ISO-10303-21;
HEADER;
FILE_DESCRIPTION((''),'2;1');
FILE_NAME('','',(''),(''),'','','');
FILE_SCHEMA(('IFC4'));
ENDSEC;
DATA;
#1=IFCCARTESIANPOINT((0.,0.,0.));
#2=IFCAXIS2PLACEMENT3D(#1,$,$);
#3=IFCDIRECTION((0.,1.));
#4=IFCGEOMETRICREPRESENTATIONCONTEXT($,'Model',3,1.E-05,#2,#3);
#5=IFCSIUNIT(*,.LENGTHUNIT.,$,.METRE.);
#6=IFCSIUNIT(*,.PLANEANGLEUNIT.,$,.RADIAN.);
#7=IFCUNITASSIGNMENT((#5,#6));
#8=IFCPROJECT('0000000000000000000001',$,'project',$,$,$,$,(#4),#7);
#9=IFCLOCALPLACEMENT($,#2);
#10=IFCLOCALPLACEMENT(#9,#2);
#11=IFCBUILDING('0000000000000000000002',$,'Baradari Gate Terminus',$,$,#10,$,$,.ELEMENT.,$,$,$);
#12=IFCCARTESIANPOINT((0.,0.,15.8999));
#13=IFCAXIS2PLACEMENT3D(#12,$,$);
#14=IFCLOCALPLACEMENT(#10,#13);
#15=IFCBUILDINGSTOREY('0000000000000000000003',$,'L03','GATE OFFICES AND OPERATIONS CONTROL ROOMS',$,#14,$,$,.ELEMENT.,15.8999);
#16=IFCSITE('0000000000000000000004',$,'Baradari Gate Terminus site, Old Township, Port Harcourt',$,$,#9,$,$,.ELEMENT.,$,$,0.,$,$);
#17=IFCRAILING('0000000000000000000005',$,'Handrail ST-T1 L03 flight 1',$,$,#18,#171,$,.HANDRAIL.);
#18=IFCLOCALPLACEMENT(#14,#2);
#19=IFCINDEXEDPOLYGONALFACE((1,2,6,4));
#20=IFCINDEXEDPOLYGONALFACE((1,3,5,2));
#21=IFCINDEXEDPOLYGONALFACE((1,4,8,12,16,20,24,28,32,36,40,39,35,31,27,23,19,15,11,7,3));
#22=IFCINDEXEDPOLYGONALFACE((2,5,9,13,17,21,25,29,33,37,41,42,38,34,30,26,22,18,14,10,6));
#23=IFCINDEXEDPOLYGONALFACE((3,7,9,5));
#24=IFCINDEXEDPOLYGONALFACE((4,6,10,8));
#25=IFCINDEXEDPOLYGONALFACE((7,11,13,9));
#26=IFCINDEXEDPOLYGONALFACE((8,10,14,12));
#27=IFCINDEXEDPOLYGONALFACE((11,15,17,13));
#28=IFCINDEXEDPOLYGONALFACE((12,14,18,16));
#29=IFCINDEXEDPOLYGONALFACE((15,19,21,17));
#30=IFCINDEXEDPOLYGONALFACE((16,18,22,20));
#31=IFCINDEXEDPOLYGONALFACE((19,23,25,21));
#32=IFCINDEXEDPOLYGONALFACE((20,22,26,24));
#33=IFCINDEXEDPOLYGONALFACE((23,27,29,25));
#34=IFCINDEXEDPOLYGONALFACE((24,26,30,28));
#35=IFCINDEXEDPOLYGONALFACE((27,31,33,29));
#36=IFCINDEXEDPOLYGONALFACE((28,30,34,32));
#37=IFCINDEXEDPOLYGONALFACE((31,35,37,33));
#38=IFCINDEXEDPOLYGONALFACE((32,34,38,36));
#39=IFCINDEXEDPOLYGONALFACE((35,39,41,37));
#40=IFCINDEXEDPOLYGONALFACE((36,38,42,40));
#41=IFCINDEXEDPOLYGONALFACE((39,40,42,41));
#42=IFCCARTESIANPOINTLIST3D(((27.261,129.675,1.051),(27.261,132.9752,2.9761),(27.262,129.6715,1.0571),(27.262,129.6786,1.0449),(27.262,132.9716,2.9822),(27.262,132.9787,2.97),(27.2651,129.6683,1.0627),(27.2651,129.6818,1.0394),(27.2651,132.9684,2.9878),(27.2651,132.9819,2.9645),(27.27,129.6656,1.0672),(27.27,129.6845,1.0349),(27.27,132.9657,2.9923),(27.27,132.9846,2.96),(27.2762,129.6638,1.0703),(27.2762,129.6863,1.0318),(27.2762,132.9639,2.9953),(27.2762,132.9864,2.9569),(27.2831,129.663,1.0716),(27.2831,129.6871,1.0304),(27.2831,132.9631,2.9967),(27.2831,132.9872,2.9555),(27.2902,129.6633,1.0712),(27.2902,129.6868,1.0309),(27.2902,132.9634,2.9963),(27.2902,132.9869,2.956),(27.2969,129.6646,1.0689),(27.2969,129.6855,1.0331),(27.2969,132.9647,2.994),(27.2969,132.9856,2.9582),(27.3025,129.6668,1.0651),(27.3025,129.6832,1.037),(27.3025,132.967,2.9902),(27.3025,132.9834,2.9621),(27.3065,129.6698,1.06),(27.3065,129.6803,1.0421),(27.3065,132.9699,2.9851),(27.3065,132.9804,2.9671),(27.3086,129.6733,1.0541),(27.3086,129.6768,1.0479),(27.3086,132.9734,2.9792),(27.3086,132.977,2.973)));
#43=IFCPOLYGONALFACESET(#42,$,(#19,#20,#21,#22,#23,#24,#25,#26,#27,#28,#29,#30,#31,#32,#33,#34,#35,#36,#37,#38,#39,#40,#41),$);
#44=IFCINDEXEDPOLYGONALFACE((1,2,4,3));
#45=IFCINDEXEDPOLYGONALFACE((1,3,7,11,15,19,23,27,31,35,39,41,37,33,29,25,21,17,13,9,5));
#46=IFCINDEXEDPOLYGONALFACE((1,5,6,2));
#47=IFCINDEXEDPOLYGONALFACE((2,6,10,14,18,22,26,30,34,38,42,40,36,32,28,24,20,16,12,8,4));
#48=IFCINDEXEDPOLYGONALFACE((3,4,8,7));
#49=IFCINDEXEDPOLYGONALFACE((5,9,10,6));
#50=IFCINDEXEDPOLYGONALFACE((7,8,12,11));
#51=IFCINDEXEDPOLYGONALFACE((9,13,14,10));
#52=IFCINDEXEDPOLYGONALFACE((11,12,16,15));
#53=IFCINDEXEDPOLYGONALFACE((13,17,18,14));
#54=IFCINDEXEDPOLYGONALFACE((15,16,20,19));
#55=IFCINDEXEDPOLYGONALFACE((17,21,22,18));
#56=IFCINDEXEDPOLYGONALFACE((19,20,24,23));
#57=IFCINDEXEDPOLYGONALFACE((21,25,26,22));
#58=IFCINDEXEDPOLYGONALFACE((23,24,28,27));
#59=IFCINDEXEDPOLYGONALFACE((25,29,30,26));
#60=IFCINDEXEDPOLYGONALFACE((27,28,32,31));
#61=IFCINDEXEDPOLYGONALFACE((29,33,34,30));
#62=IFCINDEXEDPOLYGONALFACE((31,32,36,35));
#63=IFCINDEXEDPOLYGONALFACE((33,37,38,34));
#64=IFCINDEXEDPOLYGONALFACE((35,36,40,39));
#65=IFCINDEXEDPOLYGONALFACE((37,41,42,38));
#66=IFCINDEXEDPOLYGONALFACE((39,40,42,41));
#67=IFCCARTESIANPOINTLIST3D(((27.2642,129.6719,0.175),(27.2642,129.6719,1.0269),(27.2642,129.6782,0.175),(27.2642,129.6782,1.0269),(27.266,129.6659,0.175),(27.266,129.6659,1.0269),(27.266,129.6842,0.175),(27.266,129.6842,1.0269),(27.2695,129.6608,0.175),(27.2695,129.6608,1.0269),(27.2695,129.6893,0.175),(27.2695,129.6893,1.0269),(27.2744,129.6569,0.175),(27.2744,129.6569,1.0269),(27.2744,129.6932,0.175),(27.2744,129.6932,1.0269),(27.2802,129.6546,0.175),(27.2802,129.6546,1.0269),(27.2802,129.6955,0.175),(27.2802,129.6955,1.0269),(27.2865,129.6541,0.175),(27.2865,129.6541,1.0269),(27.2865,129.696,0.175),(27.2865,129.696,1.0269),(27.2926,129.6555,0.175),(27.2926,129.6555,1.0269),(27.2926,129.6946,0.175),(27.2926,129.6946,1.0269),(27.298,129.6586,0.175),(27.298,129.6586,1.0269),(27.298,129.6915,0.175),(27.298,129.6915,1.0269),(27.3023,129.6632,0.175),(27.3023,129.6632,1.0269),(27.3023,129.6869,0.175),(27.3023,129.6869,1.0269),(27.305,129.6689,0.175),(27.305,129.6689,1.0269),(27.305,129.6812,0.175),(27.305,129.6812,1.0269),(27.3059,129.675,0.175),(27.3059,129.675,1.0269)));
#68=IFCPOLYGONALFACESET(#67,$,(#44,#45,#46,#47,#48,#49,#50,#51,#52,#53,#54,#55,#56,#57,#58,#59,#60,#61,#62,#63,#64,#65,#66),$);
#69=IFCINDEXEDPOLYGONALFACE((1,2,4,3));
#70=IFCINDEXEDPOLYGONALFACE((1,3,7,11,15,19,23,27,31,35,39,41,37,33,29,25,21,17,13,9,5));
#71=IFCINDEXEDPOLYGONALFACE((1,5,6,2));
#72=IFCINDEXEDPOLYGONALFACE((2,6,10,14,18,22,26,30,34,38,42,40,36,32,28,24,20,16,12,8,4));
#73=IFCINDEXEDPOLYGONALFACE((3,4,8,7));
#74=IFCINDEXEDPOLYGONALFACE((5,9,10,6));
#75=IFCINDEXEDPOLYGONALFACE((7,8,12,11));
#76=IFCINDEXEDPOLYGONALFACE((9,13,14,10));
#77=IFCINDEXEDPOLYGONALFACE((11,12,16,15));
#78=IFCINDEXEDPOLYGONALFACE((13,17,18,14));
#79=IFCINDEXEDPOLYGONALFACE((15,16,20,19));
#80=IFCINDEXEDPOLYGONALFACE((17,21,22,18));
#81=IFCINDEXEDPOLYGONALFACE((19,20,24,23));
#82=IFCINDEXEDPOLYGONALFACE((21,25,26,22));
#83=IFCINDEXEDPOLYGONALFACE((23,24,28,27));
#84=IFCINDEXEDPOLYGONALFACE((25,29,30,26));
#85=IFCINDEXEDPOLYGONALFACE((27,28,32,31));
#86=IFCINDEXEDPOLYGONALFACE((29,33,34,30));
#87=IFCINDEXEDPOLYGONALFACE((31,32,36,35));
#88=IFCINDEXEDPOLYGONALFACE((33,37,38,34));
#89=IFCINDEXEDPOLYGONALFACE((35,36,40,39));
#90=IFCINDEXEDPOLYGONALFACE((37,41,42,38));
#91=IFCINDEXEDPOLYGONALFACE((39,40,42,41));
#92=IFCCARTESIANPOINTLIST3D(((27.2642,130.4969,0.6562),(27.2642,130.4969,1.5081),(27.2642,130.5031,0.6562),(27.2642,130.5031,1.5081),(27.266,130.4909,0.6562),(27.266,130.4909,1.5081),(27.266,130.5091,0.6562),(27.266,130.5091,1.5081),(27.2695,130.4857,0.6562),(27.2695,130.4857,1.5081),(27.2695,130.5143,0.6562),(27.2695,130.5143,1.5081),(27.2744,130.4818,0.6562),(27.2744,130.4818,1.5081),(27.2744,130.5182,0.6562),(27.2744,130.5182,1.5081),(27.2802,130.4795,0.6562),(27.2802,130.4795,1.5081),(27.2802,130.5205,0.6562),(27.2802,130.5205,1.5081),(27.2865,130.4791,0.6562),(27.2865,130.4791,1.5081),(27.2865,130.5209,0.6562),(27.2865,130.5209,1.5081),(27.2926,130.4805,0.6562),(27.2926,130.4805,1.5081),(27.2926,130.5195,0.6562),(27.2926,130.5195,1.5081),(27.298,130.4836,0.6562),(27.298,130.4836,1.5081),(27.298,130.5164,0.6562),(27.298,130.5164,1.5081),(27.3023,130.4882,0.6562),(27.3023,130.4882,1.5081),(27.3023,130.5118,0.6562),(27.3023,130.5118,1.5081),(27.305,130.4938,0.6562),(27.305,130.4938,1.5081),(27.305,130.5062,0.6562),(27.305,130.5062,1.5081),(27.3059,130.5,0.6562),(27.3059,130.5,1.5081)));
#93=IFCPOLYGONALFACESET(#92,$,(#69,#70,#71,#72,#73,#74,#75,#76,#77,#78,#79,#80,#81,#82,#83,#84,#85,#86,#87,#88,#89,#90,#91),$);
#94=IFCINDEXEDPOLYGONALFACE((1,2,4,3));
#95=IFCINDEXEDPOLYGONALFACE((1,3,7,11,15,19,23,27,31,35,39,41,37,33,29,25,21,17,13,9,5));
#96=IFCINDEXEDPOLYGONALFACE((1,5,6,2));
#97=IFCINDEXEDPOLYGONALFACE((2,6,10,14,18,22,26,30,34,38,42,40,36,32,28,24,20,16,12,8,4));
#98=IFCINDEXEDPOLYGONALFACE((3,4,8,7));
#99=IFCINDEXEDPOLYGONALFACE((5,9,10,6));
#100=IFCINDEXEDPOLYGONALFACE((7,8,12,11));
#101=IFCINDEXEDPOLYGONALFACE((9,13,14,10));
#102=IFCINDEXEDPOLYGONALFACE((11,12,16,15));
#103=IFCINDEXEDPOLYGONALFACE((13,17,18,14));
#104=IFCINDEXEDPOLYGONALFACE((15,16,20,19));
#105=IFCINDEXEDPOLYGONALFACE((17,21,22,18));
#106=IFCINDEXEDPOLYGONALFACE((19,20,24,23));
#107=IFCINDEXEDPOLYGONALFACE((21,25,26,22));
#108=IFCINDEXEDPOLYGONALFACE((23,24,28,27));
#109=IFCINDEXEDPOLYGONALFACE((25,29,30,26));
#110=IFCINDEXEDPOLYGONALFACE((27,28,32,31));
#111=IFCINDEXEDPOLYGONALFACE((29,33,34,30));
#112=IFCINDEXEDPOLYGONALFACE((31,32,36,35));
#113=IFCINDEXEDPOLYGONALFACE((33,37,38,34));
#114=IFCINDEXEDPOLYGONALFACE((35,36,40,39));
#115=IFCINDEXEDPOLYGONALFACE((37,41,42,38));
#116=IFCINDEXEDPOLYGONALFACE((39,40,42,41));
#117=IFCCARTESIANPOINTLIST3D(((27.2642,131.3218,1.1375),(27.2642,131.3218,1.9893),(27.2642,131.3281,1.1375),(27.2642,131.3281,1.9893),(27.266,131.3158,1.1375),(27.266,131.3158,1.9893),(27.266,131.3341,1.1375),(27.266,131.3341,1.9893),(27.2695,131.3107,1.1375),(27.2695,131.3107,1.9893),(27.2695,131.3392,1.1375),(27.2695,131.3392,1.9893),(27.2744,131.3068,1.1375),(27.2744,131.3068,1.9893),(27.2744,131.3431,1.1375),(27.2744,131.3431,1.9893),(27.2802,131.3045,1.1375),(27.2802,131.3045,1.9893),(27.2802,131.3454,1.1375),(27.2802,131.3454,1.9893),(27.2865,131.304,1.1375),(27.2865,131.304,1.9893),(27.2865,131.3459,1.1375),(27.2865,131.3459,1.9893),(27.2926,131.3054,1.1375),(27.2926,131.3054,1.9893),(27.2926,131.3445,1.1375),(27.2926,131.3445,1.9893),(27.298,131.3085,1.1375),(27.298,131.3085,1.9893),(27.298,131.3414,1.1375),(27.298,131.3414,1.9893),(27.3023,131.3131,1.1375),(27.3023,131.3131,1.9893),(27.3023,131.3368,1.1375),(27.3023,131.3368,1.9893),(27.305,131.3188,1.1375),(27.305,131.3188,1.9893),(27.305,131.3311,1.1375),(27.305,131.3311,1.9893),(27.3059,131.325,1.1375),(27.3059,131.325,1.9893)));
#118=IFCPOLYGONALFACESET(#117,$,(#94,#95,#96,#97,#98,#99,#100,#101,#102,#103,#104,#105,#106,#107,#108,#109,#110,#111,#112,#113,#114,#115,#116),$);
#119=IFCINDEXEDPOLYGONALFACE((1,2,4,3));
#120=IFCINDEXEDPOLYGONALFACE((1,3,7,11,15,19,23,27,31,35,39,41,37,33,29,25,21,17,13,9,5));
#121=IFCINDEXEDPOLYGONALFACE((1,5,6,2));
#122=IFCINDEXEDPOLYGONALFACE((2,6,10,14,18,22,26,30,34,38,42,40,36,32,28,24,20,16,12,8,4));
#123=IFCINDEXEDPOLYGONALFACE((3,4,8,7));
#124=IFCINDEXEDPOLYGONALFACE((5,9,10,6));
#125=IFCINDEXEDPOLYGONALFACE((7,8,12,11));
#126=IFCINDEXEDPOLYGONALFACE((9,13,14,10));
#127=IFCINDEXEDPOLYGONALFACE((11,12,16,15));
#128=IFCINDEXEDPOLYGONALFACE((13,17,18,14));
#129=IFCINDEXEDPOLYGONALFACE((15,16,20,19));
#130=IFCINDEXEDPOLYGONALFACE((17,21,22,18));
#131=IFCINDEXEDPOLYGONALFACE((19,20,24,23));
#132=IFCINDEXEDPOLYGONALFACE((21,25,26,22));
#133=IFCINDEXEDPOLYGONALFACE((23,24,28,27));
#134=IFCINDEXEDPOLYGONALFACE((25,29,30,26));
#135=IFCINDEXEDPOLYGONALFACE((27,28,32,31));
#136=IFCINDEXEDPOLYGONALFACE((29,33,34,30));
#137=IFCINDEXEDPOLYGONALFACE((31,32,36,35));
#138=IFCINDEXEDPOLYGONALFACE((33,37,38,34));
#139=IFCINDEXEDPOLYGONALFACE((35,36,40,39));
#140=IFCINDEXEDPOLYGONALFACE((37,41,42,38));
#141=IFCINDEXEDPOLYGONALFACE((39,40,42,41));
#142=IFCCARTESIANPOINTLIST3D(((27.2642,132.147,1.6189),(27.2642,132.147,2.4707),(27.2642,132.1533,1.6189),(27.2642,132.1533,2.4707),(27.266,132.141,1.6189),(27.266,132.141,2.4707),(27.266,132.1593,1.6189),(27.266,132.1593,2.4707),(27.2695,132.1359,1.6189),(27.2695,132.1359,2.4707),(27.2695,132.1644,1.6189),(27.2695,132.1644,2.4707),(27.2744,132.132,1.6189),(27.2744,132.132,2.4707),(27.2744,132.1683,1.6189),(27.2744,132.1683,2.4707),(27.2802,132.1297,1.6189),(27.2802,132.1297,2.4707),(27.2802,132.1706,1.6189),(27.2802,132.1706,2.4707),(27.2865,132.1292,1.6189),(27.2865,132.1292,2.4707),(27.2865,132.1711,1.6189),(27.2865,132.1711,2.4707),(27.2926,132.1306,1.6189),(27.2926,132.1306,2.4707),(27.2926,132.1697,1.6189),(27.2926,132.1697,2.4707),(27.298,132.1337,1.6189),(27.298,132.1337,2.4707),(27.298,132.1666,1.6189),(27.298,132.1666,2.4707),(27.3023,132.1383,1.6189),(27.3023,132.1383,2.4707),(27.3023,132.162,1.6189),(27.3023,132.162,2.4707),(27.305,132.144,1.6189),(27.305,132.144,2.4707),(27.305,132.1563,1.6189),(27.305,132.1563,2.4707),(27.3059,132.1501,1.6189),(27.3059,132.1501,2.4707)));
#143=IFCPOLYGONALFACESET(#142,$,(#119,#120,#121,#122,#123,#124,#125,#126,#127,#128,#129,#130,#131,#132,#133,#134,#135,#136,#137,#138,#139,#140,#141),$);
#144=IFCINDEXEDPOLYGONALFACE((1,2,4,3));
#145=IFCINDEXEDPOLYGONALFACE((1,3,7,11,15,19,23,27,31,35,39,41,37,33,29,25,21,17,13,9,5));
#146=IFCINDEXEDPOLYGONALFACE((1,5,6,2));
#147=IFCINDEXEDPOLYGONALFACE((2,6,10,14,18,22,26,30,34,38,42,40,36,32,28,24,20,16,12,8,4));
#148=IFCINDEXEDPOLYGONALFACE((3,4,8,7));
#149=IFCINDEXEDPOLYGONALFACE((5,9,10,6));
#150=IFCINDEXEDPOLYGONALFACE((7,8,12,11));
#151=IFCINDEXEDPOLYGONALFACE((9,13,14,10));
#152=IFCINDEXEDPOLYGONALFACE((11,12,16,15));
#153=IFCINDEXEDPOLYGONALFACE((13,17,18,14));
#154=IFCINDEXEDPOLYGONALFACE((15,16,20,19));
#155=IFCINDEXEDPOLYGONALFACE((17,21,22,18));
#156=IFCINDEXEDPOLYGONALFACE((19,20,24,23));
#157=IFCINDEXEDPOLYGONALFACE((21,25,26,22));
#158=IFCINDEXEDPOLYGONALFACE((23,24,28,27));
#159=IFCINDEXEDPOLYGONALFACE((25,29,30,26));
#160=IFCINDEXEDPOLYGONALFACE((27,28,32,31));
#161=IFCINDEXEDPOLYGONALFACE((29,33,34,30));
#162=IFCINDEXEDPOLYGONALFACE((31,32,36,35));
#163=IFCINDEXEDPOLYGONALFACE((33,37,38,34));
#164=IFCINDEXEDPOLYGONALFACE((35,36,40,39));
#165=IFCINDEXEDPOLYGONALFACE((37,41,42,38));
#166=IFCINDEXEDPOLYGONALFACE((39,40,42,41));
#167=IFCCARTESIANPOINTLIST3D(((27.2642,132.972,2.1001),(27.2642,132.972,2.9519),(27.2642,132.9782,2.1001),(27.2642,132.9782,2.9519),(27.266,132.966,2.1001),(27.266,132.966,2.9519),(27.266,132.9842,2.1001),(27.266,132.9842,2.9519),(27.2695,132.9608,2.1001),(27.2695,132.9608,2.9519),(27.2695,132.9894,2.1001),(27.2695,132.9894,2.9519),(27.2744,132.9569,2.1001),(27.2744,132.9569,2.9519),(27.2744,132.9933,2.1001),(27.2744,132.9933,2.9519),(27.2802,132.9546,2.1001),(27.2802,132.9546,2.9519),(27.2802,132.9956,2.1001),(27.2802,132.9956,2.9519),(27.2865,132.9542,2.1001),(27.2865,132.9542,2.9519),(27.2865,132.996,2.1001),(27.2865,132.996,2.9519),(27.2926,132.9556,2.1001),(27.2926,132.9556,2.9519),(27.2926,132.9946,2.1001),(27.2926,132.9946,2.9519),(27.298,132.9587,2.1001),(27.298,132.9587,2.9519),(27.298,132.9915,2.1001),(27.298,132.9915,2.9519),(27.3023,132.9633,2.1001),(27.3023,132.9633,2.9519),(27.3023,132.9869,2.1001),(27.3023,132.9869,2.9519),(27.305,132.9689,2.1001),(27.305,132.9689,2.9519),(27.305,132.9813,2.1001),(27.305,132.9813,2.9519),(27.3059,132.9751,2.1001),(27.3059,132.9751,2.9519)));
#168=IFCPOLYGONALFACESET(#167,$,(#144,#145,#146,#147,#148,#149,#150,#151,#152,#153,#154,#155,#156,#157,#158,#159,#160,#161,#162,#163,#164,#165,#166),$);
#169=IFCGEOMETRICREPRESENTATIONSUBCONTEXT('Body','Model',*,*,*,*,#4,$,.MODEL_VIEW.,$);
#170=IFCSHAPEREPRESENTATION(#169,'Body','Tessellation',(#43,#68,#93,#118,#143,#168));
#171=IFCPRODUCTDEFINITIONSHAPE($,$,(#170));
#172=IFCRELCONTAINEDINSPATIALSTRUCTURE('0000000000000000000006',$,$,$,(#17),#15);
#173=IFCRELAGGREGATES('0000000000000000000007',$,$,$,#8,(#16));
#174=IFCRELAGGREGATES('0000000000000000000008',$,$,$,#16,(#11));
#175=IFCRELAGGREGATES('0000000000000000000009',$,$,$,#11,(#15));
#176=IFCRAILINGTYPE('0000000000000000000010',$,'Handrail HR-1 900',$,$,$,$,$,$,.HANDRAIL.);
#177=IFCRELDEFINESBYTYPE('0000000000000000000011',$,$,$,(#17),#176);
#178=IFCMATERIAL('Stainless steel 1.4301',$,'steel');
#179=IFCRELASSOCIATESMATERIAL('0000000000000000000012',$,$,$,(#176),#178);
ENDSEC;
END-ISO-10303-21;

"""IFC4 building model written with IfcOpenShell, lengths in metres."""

from ifc_helpers import new_model, si_unit, direction, frame, origin, origin_2d, place, context, subcontext, project, spatial, circle, extrude, material, type_object, element, save


model = new_model("IFC4")

# Units and contexts
model_context = context("Model", 3, precision=1e-05, world=origin(), true_north=direction((0.0, 1.0)))
body_context = subcontext(model_context, "Body", "Model", "MODEL_VIEW")
ifc_project = project(units=[si_unit("LENGTHUNIT", "METRE"), si_unit("PLANEANGLEUNIT", "RADIAN")], contexts=[model_context])

# Site, building, storey
site_placement = place(None, origin())
site = spatial("IfcSite", under=ifc_project, at=site_placement, Name="Baradari Gate Terminus site, Old Township, Port Harcourt", CompositionType="ELEMENT", RefElevation=0.0)
building_placement = place(site_placement, origin())
building = spatial("IfcBuilding", under=site, at=building_placement, Name="Baradari Gate Terminus", CompositionType="ELEMENT")
storey_placement = place(building_placement, frame((0.0, 0.0, 15.8999)))
storey = spatial("IfcBuildingStorey", under=building, at=storey_placement, Name="L03", Description="GATE OFFICES AND OPERATIONS CONTROL ROOMS", CompositionType="ELEMENT", Elevation=15.8999)

# Railing
ifc_material_1 = material(Name="Stainless steel 1.4301", Category="steel")
railing_type = type_object("IfcRailingType", Name="Handrail HR-1 900", PredefinedType="HANDRAIL", material=ifc_material_1)
for number, where, name in (
    (1, (27.2849, 129.675, 0.175), "Handrail ST-T1 L03 flight 1"),
):
    element("IfcRailing", number, at=place(storey_placement, frame(where)), inside=storey, type_object=railing_type, Name=name, PredefinedType="HANDRAIL", context=body_context, shape_type="SweptSolid", body=[
        extrude(circle(Radius=0.0239, at=origin_2d()), frame((0.0, 0.0, 0.876), z_axis=(0.0, 0.863777, 0.503875), x_axis=(-1.0, 0.0, 0.0)), (0.0, 0.0, 1.0), 3.8206),
        extrude(circle(Radius=0.021, at=origin_2d()), origin(), (0.0, 0.0, 1.0), 0.8518),
        extrude(circle(Radius=0.021, at=origin_2d()), frame((0.0, 0.825, 0.4812)), (0.0, 0.0, 1.0), 0.8518),
        extrude(circle(Radius=0.021, at=origin_2d()), frame((0.0, 1.6499, 0.9624)), (0.0, 0.0, 1.0), 0.8518),
        extrude(circle(Radius=0.021, at=origin_2d()), frame((0.0, 2.4751, 1.4438)), (0.0, 0.0, 1.0), 0.8518),
        extrude(circle(Radius=0.021, at=origin_2d()), frame((0.0, 3.3, 1.925)), (0.0, 0.0, 1.0), 0.8518),
    ])

save(model, "model.ifc")
